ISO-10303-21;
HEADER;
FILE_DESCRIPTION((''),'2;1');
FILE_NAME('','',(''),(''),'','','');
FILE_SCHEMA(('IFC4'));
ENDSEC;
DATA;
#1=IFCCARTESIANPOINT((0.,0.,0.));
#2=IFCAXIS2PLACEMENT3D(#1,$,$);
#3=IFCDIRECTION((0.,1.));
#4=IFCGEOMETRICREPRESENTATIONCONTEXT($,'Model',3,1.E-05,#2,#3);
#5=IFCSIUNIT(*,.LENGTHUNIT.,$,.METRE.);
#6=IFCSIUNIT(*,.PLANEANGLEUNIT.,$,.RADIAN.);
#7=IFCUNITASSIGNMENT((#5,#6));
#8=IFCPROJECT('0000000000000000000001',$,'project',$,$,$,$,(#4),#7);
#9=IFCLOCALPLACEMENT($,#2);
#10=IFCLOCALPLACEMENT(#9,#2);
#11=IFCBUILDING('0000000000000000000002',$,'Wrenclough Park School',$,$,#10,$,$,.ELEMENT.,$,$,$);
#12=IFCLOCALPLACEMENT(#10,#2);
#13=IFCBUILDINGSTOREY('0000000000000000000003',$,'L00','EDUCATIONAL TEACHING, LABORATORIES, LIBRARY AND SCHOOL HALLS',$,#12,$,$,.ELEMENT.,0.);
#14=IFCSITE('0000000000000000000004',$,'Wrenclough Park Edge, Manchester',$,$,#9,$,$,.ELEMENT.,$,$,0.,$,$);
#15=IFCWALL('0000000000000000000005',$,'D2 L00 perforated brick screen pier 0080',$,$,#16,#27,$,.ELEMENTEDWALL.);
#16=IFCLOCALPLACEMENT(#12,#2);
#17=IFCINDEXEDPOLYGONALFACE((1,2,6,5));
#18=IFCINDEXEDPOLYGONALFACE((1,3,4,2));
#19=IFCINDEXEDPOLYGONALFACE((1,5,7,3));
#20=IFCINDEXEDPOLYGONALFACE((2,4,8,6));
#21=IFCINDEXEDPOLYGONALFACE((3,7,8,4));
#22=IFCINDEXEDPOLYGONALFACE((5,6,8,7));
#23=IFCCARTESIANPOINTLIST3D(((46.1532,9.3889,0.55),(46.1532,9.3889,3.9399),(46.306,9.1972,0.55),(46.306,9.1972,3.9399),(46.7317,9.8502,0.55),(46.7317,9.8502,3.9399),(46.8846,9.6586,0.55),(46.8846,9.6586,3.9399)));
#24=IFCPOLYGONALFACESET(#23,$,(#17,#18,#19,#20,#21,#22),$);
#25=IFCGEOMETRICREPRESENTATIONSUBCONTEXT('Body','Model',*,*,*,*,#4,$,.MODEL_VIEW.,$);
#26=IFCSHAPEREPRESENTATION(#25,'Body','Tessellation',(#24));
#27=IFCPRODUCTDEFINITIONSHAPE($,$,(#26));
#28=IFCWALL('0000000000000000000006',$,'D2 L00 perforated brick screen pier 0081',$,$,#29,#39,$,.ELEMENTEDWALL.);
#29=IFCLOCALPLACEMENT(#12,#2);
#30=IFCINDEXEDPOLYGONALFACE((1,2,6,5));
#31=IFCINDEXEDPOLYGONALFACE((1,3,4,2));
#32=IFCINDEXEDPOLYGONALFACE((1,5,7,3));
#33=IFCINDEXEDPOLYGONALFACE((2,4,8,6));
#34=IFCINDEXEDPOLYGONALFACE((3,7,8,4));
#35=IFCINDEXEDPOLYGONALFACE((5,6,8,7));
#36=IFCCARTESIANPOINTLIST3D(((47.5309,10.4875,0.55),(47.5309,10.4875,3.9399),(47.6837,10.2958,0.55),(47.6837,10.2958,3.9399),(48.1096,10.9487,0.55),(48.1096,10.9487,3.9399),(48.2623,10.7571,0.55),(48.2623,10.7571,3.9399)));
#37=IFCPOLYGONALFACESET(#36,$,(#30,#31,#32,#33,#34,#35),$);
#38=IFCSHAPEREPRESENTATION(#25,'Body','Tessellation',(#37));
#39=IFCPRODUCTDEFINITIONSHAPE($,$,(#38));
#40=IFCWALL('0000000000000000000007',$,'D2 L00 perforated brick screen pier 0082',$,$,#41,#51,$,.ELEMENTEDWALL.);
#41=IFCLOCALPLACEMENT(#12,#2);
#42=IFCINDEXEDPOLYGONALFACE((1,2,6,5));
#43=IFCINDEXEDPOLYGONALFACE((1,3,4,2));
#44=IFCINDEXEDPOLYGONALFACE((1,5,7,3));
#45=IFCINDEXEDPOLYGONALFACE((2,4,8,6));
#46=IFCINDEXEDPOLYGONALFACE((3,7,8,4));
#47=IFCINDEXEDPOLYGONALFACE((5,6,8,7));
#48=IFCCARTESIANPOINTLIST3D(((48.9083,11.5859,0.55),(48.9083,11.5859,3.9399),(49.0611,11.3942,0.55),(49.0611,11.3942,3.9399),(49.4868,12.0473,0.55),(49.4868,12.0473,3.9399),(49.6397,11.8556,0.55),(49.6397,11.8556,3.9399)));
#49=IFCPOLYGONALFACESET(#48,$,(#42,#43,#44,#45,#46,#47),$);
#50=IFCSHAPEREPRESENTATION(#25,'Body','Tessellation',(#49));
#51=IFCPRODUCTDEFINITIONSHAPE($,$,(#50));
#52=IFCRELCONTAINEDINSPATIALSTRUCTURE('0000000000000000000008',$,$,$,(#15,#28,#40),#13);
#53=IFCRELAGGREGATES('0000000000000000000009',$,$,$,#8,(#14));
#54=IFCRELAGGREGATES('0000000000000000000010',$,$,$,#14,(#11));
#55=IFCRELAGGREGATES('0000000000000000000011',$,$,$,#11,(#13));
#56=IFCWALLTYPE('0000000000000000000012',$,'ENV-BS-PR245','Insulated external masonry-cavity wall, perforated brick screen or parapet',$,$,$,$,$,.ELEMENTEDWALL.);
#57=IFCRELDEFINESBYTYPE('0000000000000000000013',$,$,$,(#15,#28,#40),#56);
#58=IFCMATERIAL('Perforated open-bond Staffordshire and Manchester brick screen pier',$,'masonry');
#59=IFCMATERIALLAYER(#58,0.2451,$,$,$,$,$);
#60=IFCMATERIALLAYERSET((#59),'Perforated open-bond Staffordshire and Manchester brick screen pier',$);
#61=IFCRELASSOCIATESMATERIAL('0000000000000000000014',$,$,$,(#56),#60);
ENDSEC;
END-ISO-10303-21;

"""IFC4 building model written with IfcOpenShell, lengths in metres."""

from ifc_helpers import new_model, si_unit, direction, frame, frame_2d, origin, place, context, subcontext, project, spatial, rectangle, extrude, material, layer, layer_set, type_object, element, save


model = new_model("IFC4")

# Units and contexts
model_context = context("Model", 3, precision=1e-05, world=origin(), true_north=direction((0.0, 1.0)))
body_context = subcontext(model_context, "Body", "Model", "MODEL_VIEW")
ifc_project = project(units=[si_unit("LENGTHUNIT", "METRE"), si_unit("PLANEANGLEUNIT", "RADIAN")], contexts=[model_context])

# Site, building, storey
site_placement = place(None, origin())
site = spatial("IfcSite", under=ifc_project, at=site_placement, Name="Wrenclough Park Edge, Manchester", CompositionType="ELEMENT", RefElevation=0.0)
building_placement = place(site_placement, origin())
building = spatial("IfcBuilding", under=site, at=building_placement, Name="Wrenclough Park School", CompositionType="ELEMENT")
storey_placement = place(building_placement, origin())
storey = spatial("IfcBuildingStorey", under=building, at=storey_placement, Name="L00", Description="EDUCATIONAL TEACHING, LABORATORIES, LIBRARY AND SCHOOL HALLS", CompositionType="ELEMENT", Elevation=0.0)

# Walls
ifc_material_1 = material(Name="Perforated open-bond Staffordshire and Manchester brick screen pier", Category="masonry")
ifc_layer_1 = layer(ifc_material_1, 0.2451)
ifc_layer_set_1 = layer_set([ifc_layer_1], Name="Perforated open-bond Staffordshire and Manchester brick screen pier")
wall_type = type_object("IfcWallType", Name="ENV-BS-PR245", Description="Insulated external masonry-cavity wall, perforated brick screen or parapet", PredefinedType="ELEMENTEDWALL", material=ifc_layer_set_1)
for number, where, z_axis, x_axis, name in (
    (1, (46.2295, 9.293, 0.55), (0.0, 0.0, 1.0), (0.781833, 0.623487, 0.0), "D2 L00 perforated brick screen pier 0080"),
    (2, (47.6072, 10.3916, 0.55), (0.0, 0.0, 1.0), (0.781994, 0.623286, 0.0), "D2 L00 perforated brick screen pier 0081"),
    (3, (48.9846, 11.49, 0.55), (0.0, 0.0, 1.0), (0.781833, 0.623487, 0.0), "D2 L00 perforated brick screen pier 0082"),
):
    element("IfcWall", number, at=place(storey_placement, frame(where, z_axis=z_axis, x_axis=x_axis)), inside=storey, type_object=wall_type, Name=name, PredefinedType="ELEMENTEDWALL", context=body_context, shape_type="SweptSolid", body=[
        extrude(rectangle(XDim=0.74, YDim=0.2451, at=frame_2d((0.3701, 0.0))), origin(), (0.0, 0.0, 1.0), 3.3899),
    ])

save(model, "model.ifc")
